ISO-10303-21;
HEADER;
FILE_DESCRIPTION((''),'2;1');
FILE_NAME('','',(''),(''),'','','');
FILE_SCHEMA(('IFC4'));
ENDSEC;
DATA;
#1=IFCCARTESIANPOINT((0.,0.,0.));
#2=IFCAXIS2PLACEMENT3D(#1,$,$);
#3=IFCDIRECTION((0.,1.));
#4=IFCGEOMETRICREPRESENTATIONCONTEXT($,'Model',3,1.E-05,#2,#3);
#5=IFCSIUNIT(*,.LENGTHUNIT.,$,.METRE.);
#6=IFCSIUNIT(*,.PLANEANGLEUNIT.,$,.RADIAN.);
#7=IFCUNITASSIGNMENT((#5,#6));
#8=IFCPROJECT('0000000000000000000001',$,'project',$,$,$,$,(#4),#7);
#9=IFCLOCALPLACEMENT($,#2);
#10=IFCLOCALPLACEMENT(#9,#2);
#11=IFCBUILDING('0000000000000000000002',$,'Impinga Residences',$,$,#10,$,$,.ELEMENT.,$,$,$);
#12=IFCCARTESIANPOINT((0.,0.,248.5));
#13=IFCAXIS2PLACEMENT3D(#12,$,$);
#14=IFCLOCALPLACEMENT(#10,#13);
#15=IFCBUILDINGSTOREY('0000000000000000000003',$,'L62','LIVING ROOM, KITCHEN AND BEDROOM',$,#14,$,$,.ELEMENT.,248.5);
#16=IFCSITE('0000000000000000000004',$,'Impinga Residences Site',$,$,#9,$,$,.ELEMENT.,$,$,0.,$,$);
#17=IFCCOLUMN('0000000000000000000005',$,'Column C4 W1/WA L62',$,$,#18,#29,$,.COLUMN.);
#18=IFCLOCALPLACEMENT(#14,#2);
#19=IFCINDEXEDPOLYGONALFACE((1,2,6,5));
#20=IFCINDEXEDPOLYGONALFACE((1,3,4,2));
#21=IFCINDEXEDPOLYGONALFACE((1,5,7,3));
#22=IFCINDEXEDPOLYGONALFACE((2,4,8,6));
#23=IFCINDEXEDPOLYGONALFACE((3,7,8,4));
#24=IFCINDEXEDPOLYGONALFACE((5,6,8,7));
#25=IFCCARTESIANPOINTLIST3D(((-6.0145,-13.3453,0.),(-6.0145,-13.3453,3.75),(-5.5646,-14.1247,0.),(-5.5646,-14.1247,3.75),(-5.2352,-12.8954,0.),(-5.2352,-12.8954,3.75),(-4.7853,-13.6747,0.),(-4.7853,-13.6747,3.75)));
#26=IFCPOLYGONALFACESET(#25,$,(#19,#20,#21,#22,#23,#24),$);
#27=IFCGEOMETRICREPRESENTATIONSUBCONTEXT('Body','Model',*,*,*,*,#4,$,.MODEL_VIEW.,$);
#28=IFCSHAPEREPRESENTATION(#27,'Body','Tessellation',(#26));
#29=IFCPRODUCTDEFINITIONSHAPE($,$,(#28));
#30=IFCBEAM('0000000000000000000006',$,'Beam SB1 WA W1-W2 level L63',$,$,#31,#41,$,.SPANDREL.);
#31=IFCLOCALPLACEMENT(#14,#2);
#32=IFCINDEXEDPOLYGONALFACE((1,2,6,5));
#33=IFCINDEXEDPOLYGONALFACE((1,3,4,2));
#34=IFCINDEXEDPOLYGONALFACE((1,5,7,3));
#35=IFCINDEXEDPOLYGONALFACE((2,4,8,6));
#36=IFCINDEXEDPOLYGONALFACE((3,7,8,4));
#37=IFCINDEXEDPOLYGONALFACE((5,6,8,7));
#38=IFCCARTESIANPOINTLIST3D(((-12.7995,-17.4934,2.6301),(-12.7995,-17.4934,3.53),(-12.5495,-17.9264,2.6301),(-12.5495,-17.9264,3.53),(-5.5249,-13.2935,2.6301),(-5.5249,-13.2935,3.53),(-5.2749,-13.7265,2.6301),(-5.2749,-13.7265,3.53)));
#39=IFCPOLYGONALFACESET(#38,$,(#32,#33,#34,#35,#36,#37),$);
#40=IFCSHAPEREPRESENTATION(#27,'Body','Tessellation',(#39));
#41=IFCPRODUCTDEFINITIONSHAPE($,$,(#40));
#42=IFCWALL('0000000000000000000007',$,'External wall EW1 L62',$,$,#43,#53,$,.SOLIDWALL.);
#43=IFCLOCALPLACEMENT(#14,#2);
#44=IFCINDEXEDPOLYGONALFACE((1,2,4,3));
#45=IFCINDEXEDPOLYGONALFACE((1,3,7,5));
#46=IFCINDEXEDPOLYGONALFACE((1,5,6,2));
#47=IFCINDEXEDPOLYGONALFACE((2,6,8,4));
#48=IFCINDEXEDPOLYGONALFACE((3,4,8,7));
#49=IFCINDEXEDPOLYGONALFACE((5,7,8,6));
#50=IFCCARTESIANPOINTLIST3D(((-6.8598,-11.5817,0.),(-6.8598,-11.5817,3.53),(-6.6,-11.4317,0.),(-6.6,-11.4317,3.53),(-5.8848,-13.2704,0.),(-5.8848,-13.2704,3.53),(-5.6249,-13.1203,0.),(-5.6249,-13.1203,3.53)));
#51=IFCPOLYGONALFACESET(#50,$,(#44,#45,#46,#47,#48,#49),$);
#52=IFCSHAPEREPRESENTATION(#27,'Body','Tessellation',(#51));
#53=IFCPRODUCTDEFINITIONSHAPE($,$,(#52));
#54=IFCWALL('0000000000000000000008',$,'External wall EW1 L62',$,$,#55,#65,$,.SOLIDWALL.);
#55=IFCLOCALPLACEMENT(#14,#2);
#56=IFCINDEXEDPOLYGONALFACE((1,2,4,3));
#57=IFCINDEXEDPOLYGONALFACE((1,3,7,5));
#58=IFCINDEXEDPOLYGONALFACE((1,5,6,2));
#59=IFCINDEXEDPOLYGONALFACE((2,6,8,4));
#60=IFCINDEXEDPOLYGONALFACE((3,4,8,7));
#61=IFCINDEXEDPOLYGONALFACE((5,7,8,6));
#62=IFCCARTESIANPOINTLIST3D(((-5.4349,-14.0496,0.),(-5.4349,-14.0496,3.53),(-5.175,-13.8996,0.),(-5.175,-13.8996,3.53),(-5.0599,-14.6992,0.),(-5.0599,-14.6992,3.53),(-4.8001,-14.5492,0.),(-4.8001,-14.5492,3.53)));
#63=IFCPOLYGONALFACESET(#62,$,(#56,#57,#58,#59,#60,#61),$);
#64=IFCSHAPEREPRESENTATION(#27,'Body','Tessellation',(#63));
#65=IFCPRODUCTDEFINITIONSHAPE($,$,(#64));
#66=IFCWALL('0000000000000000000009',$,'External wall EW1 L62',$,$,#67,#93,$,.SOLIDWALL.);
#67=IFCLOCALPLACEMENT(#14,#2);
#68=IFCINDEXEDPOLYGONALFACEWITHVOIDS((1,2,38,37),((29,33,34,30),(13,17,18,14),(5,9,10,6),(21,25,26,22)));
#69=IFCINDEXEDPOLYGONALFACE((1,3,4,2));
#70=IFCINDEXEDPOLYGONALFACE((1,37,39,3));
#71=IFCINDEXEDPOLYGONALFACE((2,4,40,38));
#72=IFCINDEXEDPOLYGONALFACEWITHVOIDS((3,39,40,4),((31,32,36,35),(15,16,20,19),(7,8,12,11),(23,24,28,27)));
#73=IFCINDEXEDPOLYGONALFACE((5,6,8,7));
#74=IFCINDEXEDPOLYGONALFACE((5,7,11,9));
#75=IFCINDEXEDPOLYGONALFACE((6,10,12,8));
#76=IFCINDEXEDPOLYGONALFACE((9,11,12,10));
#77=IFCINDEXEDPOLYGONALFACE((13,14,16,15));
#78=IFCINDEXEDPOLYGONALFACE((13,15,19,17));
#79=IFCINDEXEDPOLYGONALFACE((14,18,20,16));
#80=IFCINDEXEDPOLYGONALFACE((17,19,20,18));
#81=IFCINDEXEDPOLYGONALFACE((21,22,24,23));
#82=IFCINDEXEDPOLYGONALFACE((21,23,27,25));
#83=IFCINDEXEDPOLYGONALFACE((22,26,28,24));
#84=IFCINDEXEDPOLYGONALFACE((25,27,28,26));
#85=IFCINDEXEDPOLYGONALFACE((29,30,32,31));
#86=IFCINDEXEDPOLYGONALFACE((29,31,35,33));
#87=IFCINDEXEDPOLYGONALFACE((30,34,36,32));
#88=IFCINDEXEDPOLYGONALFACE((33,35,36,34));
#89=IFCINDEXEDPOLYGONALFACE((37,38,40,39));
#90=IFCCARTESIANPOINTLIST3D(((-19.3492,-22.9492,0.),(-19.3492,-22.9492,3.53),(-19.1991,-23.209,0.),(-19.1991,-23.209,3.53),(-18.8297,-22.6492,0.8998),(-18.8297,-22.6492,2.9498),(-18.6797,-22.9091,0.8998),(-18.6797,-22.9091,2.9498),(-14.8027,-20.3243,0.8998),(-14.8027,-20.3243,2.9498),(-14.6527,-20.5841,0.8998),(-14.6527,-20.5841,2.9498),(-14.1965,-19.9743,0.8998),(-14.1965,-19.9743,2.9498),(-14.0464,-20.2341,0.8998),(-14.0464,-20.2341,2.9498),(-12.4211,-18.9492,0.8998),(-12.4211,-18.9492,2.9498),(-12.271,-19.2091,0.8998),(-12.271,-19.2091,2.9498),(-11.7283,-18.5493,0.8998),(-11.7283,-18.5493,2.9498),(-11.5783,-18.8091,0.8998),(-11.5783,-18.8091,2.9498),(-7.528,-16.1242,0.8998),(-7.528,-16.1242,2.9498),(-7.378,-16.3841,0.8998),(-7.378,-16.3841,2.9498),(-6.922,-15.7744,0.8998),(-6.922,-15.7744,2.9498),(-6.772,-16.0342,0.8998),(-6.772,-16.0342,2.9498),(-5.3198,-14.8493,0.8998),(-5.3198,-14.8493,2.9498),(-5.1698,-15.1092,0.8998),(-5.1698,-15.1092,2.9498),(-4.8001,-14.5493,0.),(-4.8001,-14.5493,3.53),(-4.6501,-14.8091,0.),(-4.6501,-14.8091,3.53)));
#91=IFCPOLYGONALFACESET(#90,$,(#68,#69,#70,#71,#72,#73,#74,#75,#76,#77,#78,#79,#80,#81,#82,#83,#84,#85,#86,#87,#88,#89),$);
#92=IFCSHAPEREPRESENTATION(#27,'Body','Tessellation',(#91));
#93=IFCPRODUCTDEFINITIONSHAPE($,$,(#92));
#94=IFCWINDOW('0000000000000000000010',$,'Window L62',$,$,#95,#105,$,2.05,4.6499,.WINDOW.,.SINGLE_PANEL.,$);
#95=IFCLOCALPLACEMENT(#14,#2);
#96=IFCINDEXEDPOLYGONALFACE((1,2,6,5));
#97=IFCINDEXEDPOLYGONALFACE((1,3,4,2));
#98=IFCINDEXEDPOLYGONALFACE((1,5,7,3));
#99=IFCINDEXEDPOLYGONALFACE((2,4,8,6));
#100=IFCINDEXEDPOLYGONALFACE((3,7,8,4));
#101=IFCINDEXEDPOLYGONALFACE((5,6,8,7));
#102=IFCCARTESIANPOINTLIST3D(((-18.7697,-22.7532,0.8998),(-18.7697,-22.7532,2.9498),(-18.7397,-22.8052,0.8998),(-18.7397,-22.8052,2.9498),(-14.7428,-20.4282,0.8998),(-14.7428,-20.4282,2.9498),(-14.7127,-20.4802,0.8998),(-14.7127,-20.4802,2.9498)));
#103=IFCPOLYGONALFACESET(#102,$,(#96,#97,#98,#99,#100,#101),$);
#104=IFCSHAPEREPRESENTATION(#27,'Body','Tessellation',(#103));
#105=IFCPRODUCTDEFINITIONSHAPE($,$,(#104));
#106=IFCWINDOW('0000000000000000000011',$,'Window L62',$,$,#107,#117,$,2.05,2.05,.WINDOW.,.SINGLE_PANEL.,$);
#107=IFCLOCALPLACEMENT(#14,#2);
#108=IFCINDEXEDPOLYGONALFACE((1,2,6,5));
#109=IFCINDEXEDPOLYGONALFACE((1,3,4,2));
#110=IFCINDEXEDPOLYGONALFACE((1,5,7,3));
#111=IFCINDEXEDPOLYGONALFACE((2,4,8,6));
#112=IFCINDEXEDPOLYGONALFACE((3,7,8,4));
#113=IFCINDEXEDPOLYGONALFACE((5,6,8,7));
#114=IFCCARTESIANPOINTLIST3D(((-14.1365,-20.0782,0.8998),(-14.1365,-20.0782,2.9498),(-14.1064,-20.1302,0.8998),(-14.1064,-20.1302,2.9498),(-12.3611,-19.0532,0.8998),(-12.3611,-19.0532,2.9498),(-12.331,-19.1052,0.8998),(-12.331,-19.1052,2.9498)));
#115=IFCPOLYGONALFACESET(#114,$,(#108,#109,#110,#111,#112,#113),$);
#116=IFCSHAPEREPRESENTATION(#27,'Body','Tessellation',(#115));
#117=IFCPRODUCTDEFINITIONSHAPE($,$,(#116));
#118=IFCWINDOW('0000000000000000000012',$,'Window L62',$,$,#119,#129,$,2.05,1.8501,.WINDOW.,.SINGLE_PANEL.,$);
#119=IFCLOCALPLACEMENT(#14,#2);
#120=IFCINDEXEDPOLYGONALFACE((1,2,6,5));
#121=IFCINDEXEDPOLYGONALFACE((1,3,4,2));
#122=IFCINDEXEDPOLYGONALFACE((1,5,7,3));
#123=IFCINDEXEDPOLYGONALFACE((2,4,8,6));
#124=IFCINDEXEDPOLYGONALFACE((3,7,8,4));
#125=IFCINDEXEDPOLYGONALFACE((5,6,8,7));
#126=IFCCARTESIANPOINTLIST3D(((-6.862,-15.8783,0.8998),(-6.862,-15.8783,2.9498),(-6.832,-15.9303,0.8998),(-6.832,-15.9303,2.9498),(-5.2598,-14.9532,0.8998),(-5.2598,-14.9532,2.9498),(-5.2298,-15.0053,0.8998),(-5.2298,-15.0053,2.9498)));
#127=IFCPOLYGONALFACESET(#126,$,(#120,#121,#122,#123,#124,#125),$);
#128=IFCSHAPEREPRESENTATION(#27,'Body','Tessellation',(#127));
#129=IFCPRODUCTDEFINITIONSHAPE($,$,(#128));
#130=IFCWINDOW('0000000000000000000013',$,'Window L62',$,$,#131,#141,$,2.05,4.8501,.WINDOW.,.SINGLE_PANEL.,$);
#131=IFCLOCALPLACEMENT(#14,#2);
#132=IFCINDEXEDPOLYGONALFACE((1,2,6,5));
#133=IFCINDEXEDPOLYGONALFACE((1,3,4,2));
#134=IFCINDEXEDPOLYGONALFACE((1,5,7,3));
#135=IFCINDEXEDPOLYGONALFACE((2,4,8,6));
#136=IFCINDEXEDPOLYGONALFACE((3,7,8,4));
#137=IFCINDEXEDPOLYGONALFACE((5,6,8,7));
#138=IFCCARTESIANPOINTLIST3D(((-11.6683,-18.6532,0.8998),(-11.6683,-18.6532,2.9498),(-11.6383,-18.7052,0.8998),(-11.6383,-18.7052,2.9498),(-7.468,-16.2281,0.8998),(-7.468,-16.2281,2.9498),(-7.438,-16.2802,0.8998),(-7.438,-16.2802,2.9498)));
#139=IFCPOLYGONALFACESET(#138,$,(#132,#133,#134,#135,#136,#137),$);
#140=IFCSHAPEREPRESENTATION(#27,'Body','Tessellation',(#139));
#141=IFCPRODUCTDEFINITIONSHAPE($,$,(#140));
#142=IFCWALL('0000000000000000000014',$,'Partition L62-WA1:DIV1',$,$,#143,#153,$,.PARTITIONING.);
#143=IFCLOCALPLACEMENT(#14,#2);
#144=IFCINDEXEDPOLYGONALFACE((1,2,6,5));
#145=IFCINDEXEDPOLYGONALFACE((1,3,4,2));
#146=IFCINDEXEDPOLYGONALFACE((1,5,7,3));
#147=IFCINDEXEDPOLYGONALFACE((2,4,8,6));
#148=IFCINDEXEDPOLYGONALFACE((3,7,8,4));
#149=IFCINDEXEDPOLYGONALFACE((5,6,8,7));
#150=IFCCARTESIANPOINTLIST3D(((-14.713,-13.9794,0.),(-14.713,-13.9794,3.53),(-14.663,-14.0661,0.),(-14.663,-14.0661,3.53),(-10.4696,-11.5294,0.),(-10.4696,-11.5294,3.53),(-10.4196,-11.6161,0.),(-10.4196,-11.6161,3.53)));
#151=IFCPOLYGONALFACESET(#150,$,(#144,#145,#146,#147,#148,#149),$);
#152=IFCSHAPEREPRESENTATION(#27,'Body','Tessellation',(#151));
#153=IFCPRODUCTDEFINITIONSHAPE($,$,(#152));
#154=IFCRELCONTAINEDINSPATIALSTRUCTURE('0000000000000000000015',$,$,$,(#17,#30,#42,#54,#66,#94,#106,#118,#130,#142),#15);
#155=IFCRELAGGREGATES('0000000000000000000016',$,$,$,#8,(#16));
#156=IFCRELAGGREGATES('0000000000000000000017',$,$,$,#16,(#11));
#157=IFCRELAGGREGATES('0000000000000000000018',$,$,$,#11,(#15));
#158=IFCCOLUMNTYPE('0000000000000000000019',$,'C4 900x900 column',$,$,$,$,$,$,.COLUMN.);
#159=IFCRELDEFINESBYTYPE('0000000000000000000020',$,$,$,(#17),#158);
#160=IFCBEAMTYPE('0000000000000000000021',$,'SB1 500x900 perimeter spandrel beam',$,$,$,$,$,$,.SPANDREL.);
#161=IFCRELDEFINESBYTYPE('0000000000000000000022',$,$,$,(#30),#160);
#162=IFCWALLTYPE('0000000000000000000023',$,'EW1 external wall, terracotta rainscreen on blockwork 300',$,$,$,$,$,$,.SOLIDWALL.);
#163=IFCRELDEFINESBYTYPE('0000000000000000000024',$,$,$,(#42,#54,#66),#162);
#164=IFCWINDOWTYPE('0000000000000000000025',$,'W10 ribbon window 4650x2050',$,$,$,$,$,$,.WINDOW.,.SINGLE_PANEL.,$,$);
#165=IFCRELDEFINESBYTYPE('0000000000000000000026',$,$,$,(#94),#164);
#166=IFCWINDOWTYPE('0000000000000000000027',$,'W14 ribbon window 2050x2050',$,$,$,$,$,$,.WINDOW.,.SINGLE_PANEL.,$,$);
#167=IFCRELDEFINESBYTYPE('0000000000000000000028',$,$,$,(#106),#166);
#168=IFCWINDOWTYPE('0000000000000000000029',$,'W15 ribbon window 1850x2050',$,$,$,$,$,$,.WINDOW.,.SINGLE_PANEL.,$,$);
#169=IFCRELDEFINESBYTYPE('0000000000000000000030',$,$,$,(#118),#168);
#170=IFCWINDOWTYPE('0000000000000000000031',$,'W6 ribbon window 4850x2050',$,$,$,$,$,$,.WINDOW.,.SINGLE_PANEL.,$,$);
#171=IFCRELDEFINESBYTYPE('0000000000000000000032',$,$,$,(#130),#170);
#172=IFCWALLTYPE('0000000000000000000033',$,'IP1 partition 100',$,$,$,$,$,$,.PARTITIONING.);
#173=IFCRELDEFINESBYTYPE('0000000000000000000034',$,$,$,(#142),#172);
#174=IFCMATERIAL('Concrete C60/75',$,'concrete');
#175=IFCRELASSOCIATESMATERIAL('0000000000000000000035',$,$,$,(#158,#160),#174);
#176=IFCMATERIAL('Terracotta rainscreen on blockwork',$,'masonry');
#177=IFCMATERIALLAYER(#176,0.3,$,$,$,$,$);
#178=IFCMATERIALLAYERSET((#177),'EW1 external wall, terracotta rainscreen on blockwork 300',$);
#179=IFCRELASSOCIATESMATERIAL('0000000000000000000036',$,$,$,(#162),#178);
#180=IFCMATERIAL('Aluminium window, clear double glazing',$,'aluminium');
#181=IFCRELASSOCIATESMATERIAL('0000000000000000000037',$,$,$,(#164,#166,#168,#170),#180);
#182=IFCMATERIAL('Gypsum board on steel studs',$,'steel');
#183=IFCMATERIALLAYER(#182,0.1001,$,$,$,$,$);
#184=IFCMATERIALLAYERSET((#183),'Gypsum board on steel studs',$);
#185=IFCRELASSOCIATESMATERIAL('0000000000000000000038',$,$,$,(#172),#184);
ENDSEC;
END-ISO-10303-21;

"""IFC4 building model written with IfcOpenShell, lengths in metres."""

from ifc_helpers import new_model, si_unit, direction, frame, frame_2d, origin, origin_2d, place, context, subcontext, project, spatial, rectangle, extrude, material, layer, layer_set, material_profile, profile_set, type_object, element, fill, save


model = new_model("IFC4")

# Units and contexts
model_context = context("Model", 3, precision=1e-05, world=origin(), true_north=direction((0.0, 1.0)))
body_context = subcontext(model_context, "Body", "Model", "MODEL_VIEW")
ifc_project = project(units=[si_unit("LENGTHUNIT", "METRE"), si_unit("PLANEANGLEUNIT", "RADIAN")], contexts=[model_context])

# Site, building, storey
site_placement = place(None, origin())
site = spatial("IfcSite", under=ifc_project, at=site_placement, Name="Impinga Residences Site", CompositionType="ELEMENT", RefElevation=0.0)
building_placement = place(site_placement, origin())
building = spatial("IfcBuilding", under=site, at=building_placement, Name="Impinga Residences", CompositionType="ELEMENT")
storey_placement = place(building_placement, frame((0.0, 0.0, 248.5)))
storey = spatial("IfcBuildingStorey", under=building, at=storey_placement, Name="L62", Description="LIVING ROOM, KITCHEN AND BEDROOM", CompositionType="ELEMENT", Elevation=248.5)

# Column
ifc_material_1 = material(Name="Concrete C60/75", Category="concrete")
ifc_material_profile_1 = material_profile(ifc_material_1, rectangle(XDim=0.8999, YDim=0.8999, at=origin_2d()), Name="RC 900x900")
ifc_profile_set_1 = profile_set([ifc_material_profile_1], Name="Concrete C60/75")
column_type = type_object("IfcColumnType", Name="C4 900x900 column", PredefinedType="COLUMN", material=ifc_profile_set_1)
column_placement = place(storey_placement, frame((-5.3999, -13.51, 0.0), z_axis=(0.0, 0.0, 1.0), x_axis=(-0.5, 0.866025, 0.0)))
element("IfcColumn", 1, at=column_placement, inside=storey, type_object=column_type, Name="Column C4 W1/WA L62", PredefinedType="COLUMN", context=body_context, shape_type="SweptSolid", body=[
    extrude(rectangle(XDim=0.8999, YDim=0.8999, at=origin_2d()), origin(), (0.0, 0.0, 1.0), 3.75),
])

# Beam
ifc_material_profile_2 = material_profile(ifc_material_1, rectangle(XDim=0.5, YDim=0.8999, at=origin_2d()), Name="RC 500x900")
ifc_profile_set_2 = profile_set([ifc_material_profile_2], Name="Concrete C60/75")
beam_type = type_object("IfcBeamType", Name="SB1 500x900 perimeter spandrel beam", PredefinedType="SPANDREL", material=ifc_profile_set_2)
beam_placement = place(storey_placement, frame((-5.3999, -13.51, 3.0801), z_axis=(-0.866029, -0.499993, 0.0), x_axis=(0.499993, -0.866029, 0.0)))
element("IfcBeam", 2, at=beam_placement, inside=storey, type_object=beam_type, Name="Beam SB1 WA W1-W2 level L63", PredefinedType="SPANDREL", context=body_context, shape_type="SweptSolid", body=[
    extrude(rectangle(XDim=0.5, YDim=0.8999, at=origin_2d()), origin(), (0.0, 0.0, 1.0), 8.3999),
])

# Walls
ifc_material_2 = material(Name="Terracotta rainscreen on blockwork", Category="masonry")
ifc_layer_1 = layer(ifc_material_2, 0.3)
ifc_layer_set_1 = layer_set([ifc_layer_1], Name="EW1 external wall, terracotta rainscreen on blockwork 300")
wall_type_1 = type_object("IfcWallType", Name="EW1 external wall, terracotta rainscreen on blockwork 300", PredefinedType="SOLIDWALL", material=ifc_layer_set_1)
wall_1_placement = place(storey_placement, frame((-6.73, -11.5066, 0.0), z_axis=(0.0, 0.0, 1.0), x_axis=(0.500044, -0.866, 0.0)))
element("IfcWall", 3, at=wall_1_placement, inside=storey, type_object=wall_type_1, Name="External wall EW1 L62", PredefinedType="SOLIDWALL", context=body_context, shape_type="SweptSolid", body=[
    extrude(rectangle(XDim=1.95, YDim=0.3, at=frame_2d((0.9751, 0.0))), origin(), (0.0, 0.0, 1.0), 3.53),
])
wall_2_placement = place(storey_placement, frame((-5.3049, -13.9746, 0.0), z_axis=(0.0, 0.0, 1.0), x_axis=(0.49992, -0.866072, 0.0)))
element("IfcWall", 4, at=wall_2_placement, inside=storey, type_object=wall_type_1, Name="External wall EW1 L62", PredefinedType="SOLIDWALL", context=body_context, shape_type="SweptSolid", body=[
    extrude(rectangle(XDim=0.75, YDim=0.3, at=frame_2d((0.375, 0.0))), origin(), (0.0, 0.0, 1.0), 3.53),
])

# Wall, openings, windows
wall_3_placement = place(storey_placement, frame((-4.7251, -14.6792, 0.0), z_axis=(0.0, 0.0, 1.0), x_axis=(-0.866026, -0.5, 0.0)))
wall_3 = element("IfcWall", 5, at=wall_3_placement, inside=storey, type_object=wall_type_1, Name="External wall EW1 L62", PredefinedType="SOLIDWALL", context=body_context, shape_type="SweptSolid", body=[
    extrude(rectangle(XDim=16.7998, YDim=0.3, at=frame_2d((8.3999, 0.0))), origin(), (0.0, 0.0, 1.0), 3.53),
])
opening_1_placement = place(wall_3_placement, frame((0.6001, 0.0, 0.8999)))
opening_1 = element("IfcOpeningElement", 6, at=opening_1_placement, cuts=wall_3, PredefinedType="OPENING", context=body_context, shape_type="SweptSolid", body=[
    extrude(rectangle(XDim=1.8501, YDim=2.05, at=frame_2d((0.925, 1.0249))), frame((0.0, 0.1599, 0.0), z_axis=(0.0, -1.0, 0.0), x_axis=(1.0, 0.0, 0.0)), (0.0, 0.0, 1.0), 0.3201),
])
opening_2_placement = place(wall_3_placement, frame((3.1499, 0.0, 0.8999)))
opening_2 = element("IfcOpeningElement", 7, at=opening_2_placement, cuts=wall_3, PredefinedType="OPENING", context=body_context, shape_type="SweptSolid", body=[
    extrude(rectangle(XDim=4.8501, YDim=2.05, at=frame_2d((2.425, 1.0249))), frame((0.0, 0.1599, 0.0), z_axis=(0.0, -1.0, 0.0), x_axis=(1.0, 0.0, 0.0)), (0.0, 0.0, 1.0), 0.3201),
])
opening_3_placement = place(wall_3_placement, frame((8.8, 0.0, 0.8999)))
opening_3 = element("IfcOpeningElement", 8, at=opening_3_placement, cuts=wall_3, PredefinedType="OPENING", context=body_context, shape_type="SweptSolid", body=[
    extrude(rectangle(XDim=2.05, YDim=2.05, at=frame_2d((1.0249, 1.0249))), frame((0.0, 0.1599, 0.0), z_axis=(0.0, -1.0, 0.0), x_axis=(1.0, 0.0, 0.0)), (0.0, 0.0, 1.0), 0.3201),
])
opening_4_placement = place(wall_3_placement, frame((11.55, 0.0, 0.8999)))
opening_4 = element("IfcOpeningElement", 9, at=opening_4_placement, cuts=wall_3, PredefinedType="OPENING", context=body_context, shape_type="SweptSolid", body=[
    extrude(rectangle(XDim=4.6499, YDim=2.05, at=frame_2d((2.325, 1.0249))), frame((0.0, 0.1599, 0.0), z_axis=(0.0, -1.0, 0.0), x_axis=(1.0, 0.0, 0.0)), (0.0, 0.0, 1.0), 0.3201),
])
ifc_material_3 = material(Name="Aluminium window, clear double glazing", Category="aluminium")
window_type_1 = type_object("IfcWindowType", Name="W10 ribbon window 4650x2050", PartitioningType="SINGLE_PANEL", PredefinedType="WINDOW", material=ifc_material_3)
window_1_placement = place(opening_4_placement, origin())
window_1 = element("IfcWindow", 10, at=window_1_placement, inside=storey, type_object=window_type_1, Name="Window L62", OverallHeight=2.05, OverallWidth=4.6499, PartitioningType="SINGLE_PANEL", PredefinedType="WINDOW", context=body_context, shape_type="SweptSolid", body=[
    extrude(rectangle(XDim=4.6499, YDim=2.05, at=frame_2d((2.325, 1.0249))), frame((0.0, 0.03, 0.0), z_axis=(0.0, -1.0, 0.0), x_axis=(1.0, 0.0, 0.0)), (0.0, 0.0, 1.0), 0.0601),
])
fill(opening_4, window_1)
window_type_2 = type_object("IfcWindowType", Name="W14 ribbon window 2050x2050", PartitioningType="SINGLE_PANEL", PredefinedType="WINDOW", material=ifc_material_3)
window_2_placement = place(opening_3_placement, origin())
window_2 = element("IfcWindow", 11, at=window_2_placement, inside=storey, type_object=window_type_2, Name="Window L62", OverallHeight=2.05, OverallWidth=2.05, PartitioningType="SINGLE_PANEL", PredefinedType="WINDOW", context=body_context, shape_type="SweptSolid", body=[
    extrude(rectangle(XDim=2.05, YDim=2.05, at=frame_2d((1.0249, 1.0249))), frame((0.0, 0.03, 0.0), z_axis=(0.0, -1.0, 0.0), x_axis=(1.0, 0.0, 0.0)), (0.0, 0.0, 1.0), 0.0601),
])
fill(opening_3, window_2)
window_type_3 = type_object("IfcWindowType", Name="W15 ribbon window 1850x2050", PartitioningType="SINGLE_PANEL", PredefinedType="WINDOW", material=ifc_material_3)
window_3_placement = place(opening_1_placement, origin())
window_3 = element("IfcWindow", 12, at=window_3_placement, inside=storey, type_object=window_type_3, Name="Window L62", OverallHeight=2.05, OverallWidth=1.8501, PartitioningType="SINGLE_PANEL", PredefinedType="WINDOW", context=body_context, shape_type="SweptSolid", body=[
    extrude(rectangle(XDim=1.8501, YDim=2.05, at=frame_2d((0.925, 1.0249))), frame((0.0, 0.03, 0.0), z_axis=(0.0, -1.0, 0.0), x_axis=(1.0, 0.0, 0.0)), (0.0, 0.0, 1.0), 0.0601),
])
fill(opening_1, window_3)
window_type_4 = type_object("IfcWindowType", Name="W6 ribbon window 4850x2050", PartitioningType="SINGLE_PANEL", PredefinedType="WINDOW", material=ifc_material_3)
window_4_placement = place(opening_2_placement, origin())
window_4 = element("IfcWindow", 13, at=window_4_placement, inside=storey, type_object=window_type_4, Name="Window L62", OverallHeight=2.05, OverallWidth=4.8501, PartitioningType="SINGLE_PANEL", PredefinedType="WINDOW", context=body_context, shape_type="SweptSolid", body=[
    extrude(rectangle(XDim=4.8501, YDim=2.05, at=frame_2d((2.425, 1.0249))), frame((0.0, 0.03, 0.0), z_axis=(0.0, -1.0, 0.0), x_axis=(1.0, 0.0, 0.0)), (0.0, 0.0, 1.0), 0.0601),
])
fill(opening_2, window_4)

# Wall
ifc_material_4 = material(Name="Gypsum board on steel studs", Category="steel")
ifc_layer_2 = layer(ifc_material_4, 0.1001)
ifc_layer_set_2 = layer_set([ifc_layer_2], Name="Gypsum board on steel studs")
wall_type_2 = type_object("IfcWallType", Name="IP1 partition 100", PredefinedType="PARTITIONING", material=ifc_layer_set_2)
wall_4_placement = place(storey_placement, frame((-10.4446, -11.5728, 0.0), z_axis=(0.0, 0.0, 1.0), x_axis=(-0.866024, -0.500003, 0.0)))
element("IfcWall", 14, at=wall_4_placement, inside=storey, type_object=wall_type_2, Name="Partition L62-WA1:DIV1", PredefinedType="PARTITIONING", context=body_context, shape_type="SweptSolid", body=[
    extrude(rectangle(XDim=4.8999, YDim=0.1001, at=frame_2d((2.45, 0.0))), origin(), (0.0, 0.0, 1.0), 3.53),
])

save(model, "model.ifc")
